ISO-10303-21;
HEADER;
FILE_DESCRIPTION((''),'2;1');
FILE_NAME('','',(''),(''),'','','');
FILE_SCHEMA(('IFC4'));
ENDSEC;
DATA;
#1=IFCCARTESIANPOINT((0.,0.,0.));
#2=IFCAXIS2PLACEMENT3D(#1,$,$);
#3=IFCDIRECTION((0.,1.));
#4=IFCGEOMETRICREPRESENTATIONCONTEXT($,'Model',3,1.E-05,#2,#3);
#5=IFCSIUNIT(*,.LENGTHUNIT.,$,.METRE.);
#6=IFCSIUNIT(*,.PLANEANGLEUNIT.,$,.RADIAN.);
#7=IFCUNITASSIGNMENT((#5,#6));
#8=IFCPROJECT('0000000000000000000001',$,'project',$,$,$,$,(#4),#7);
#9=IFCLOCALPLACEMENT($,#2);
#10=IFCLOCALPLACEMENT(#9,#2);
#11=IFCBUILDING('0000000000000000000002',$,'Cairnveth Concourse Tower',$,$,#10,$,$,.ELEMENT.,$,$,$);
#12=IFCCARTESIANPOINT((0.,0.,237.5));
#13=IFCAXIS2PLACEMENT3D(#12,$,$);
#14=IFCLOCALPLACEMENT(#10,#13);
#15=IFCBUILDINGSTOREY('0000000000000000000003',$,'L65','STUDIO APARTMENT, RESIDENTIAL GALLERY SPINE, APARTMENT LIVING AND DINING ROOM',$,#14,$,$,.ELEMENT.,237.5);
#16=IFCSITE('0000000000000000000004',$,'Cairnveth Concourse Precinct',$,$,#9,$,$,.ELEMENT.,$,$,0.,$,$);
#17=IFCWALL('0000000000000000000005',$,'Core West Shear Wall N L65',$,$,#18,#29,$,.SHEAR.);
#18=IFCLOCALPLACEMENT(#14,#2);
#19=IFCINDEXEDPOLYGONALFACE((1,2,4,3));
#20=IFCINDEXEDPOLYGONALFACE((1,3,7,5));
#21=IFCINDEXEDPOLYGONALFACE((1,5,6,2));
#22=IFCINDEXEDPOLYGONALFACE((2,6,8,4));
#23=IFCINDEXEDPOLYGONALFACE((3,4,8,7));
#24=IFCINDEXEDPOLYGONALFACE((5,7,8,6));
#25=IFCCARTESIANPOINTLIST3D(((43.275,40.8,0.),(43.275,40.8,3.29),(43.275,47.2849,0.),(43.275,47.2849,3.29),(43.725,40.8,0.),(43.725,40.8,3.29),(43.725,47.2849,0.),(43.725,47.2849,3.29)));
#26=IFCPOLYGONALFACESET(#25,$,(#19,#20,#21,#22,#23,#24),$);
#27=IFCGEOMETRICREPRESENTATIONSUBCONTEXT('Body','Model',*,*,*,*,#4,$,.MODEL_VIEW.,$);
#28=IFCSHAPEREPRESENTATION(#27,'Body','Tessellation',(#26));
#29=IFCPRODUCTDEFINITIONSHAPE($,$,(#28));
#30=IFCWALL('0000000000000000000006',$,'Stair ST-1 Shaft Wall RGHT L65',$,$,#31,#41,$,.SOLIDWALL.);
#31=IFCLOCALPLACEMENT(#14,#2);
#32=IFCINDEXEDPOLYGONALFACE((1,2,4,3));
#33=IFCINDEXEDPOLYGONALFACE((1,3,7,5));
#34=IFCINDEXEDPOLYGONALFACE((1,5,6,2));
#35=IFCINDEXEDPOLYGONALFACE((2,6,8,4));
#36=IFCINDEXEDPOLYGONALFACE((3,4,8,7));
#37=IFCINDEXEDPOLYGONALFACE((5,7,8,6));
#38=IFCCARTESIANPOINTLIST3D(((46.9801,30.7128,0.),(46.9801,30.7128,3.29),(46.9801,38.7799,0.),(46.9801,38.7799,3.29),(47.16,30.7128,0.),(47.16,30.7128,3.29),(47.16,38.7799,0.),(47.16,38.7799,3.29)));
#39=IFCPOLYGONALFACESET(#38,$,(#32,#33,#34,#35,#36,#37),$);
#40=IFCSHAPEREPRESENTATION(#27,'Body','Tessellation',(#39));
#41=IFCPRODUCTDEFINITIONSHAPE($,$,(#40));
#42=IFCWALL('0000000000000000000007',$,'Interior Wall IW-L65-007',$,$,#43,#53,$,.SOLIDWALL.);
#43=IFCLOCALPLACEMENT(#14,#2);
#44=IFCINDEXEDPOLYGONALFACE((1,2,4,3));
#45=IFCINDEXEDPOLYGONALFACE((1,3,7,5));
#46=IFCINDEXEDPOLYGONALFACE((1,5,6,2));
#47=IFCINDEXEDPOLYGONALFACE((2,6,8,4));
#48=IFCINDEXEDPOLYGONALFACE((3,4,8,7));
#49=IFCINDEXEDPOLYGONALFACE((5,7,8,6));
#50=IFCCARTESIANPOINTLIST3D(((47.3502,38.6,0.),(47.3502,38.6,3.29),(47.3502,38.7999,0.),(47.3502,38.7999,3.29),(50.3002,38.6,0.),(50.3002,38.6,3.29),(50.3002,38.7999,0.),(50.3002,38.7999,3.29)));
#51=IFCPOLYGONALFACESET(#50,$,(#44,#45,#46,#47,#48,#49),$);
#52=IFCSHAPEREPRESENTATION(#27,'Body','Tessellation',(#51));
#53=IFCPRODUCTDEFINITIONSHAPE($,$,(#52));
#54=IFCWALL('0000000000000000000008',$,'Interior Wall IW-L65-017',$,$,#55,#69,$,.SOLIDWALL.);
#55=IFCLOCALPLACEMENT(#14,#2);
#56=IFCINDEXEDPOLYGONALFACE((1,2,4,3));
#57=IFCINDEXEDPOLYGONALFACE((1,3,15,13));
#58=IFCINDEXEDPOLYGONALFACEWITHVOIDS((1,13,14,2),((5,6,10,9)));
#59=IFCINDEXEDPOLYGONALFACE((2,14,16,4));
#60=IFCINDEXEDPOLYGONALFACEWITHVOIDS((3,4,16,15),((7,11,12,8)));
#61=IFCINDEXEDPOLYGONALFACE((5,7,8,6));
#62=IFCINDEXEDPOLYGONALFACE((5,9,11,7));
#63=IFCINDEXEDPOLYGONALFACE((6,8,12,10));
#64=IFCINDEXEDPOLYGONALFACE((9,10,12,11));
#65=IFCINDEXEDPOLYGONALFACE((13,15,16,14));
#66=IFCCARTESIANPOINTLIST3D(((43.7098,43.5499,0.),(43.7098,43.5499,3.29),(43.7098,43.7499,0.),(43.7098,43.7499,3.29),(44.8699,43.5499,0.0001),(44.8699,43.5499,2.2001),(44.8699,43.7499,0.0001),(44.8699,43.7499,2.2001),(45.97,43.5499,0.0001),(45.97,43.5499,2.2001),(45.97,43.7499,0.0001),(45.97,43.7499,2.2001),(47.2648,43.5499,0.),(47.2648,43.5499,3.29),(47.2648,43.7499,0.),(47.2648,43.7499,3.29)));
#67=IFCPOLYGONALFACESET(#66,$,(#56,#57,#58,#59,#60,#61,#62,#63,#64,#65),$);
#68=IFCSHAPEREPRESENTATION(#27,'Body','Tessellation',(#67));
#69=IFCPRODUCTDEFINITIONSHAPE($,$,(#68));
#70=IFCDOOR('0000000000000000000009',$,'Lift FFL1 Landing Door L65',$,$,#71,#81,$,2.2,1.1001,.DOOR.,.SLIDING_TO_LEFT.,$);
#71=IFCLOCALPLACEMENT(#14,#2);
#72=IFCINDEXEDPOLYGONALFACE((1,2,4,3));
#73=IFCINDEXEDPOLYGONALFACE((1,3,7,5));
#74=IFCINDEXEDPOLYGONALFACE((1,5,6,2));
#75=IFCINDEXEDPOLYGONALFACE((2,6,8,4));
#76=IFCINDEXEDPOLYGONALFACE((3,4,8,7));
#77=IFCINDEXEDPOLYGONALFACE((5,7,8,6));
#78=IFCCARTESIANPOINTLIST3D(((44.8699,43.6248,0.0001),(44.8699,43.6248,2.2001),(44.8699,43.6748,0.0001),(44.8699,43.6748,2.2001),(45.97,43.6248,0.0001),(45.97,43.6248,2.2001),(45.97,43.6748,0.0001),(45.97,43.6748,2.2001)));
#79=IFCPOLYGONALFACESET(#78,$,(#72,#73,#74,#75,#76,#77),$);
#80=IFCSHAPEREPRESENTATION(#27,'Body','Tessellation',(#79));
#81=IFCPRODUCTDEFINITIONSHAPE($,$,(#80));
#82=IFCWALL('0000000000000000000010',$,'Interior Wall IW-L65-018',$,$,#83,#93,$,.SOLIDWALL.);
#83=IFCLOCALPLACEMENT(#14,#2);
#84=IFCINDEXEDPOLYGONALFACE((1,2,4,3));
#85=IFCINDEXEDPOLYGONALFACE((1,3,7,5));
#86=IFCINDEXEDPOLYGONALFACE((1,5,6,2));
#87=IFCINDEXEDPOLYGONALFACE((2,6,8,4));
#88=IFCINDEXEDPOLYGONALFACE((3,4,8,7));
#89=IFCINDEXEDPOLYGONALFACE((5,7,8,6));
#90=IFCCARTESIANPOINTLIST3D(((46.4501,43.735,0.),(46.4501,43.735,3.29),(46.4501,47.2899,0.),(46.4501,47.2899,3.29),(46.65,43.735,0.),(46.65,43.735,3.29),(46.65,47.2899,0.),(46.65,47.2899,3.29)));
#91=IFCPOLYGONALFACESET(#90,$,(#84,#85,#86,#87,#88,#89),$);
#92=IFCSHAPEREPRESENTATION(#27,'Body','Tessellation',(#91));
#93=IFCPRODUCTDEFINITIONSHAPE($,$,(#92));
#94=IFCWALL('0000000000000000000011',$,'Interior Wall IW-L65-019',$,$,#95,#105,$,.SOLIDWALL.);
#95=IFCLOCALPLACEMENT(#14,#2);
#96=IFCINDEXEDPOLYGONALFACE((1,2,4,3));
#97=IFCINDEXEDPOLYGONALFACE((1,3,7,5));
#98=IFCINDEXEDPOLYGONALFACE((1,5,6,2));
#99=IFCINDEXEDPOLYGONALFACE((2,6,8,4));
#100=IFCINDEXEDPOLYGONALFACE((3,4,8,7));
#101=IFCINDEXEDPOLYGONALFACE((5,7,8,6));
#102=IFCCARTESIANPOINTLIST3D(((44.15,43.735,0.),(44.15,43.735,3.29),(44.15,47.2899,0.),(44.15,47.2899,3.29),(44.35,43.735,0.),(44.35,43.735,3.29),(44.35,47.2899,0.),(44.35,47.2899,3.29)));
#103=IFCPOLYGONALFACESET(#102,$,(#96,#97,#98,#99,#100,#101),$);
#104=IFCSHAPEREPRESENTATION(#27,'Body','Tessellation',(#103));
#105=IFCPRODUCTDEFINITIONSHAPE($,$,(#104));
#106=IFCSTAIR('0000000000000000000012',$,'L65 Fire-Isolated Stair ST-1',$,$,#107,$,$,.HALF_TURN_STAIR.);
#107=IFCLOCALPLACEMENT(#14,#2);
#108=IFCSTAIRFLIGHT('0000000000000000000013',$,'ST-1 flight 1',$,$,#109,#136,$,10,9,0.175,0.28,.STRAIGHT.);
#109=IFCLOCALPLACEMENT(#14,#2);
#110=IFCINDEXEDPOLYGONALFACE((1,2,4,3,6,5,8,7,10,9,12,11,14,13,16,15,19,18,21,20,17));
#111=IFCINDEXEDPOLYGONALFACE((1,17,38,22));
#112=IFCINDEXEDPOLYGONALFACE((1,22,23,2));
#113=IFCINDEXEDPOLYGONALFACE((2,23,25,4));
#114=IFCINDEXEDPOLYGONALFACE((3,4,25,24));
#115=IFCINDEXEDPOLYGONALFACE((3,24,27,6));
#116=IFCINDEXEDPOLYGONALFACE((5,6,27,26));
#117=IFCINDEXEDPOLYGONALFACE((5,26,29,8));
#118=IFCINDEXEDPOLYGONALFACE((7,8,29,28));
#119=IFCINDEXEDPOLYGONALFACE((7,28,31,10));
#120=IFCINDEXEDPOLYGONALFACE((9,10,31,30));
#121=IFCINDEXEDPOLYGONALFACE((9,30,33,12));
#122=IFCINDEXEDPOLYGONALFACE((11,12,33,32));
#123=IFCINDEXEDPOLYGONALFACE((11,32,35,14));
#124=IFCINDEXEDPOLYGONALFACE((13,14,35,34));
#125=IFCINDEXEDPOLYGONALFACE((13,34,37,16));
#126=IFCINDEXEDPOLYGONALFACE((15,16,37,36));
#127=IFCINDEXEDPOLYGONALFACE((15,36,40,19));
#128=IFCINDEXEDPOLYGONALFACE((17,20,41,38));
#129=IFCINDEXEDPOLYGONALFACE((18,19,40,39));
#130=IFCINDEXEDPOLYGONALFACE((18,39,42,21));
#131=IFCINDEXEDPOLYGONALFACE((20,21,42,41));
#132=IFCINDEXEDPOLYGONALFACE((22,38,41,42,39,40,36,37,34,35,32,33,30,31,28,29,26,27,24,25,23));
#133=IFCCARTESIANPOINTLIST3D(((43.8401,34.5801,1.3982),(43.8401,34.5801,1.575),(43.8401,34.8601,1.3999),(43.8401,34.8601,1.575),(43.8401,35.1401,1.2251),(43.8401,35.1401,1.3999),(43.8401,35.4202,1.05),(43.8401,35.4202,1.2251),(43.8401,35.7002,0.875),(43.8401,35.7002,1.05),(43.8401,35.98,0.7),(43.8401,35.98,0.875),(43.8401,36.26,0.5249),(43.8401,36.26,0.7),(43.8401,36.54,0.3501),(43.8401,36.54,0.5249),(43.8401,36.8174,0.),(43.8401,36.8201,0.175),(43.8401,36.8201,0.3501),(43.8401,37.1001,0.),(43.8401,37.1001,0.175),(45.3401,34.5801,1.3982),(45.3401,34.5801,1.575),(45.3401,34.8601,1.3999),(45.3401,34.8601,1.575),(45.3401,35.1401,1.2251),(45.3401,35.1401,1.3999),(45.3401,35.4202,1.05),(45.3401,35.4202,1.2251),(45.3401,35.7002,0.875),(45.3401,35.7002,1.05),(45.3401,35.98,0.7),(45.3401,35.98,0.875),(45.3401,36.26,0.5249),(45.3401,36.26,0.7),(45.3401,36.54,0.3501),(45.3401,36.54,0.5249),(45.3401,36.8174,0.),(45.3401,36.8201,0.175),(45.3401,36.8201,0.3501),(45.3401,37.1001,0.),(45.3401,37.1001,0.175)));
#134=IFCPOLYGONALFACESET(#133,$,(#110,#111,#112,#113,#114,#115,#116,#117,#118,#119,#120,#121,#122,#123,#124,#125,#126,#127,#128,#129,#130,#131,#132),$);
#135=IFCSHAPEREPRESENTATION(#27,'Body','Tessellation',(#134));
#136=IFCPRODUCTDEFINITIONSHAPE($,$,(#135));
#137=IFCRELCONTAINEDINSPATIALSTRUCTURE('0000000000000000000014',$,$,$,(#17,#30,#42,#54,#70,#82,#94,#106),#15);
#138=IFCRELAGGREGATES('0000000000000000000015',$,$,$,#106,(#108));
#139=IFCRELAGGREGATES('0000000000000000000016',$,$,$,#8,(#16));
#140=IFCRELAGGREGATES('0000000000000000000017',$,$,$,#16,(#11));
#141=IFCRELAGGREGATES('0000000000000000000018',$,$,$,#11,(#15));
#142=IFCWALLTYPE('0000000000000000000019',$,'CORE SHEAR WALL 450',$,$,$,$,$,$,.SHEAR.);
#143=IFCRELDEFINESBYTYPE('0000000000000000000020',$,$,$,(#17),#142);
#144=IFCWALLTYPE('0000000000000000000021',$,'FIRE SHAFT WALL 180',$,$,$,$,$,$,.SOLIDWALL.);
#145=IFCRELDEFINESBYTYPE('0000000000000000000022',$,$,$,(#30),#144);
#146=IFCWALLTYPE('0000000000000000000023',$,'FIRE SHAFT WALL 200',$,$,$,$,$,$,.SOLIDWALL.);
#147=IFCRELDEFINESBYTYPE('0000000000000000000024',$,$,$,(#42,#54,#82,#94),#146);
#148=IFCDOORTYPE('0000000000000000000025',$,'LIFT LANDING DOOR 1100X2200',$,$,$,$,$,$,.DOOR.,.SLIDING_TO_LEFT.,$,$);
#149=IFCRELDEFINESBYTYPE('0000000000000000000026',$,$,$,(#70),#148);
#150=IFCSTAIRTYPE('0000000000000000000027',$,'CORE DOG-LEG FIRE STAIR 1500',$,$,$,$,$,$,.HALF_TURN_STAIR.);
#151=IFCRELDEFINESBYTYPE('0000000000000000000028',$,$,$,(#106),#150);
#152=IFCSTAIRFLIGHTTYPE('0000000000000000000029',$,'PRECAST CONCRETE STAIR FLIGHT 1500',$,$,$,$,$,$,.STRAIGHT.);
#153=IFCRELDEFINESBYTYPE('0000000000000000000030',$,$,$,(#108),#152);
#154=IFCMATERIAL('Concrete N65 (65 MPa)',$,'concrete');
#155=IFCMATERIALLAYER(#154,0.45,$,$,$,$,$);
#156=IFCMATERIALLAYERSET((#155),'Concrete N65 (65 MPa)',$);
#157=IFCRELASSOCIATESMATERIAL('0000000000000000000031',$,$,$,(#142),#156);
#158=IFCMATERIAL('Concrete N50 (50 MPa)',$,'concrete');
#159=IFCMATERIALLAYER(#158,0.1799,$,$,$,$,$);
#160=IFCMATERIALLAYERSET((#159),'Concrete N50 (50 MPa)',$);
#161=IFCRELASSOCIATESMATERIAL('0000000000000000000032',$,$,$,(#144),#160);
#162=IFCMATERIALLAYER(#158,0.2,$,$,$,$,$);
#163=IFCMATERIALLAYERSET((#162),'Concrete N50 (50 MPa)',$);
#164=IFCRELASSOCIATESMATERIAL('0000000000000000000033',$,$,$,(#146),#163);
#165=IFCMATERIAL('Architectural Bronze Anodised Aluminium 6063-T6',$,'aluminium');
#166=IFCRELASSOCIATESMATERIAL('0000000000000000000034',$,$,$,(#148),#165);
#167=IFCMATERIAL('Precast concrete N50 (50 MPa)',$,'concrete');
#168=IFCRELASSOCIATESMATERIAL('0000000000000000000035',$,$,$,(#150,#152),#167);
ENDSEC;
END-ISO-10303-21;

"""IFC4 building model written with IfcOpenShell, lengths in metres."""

from ifc_helpers import new_model, si_unit, direction, frame, frame_2d, origin, place, context, subcontext, project, spatial, polyline, rectangle, outline, extrude, material, layer, layer_set, type_object, element, fill, aggregate, save


model = new_model("IFC4")

# Units and contexts
model_context = context("Model", 3, precision=1e-05, world=origin(), true_north=direction((0.0, 1.0)))
body_context = subcontext(model_context, "Body", "Model", "MODEL_VIEW")
ifc_project = project(units=[si_unit("LENGTHUNIT", "METRE"), si_unit("PLANEANGLEUNIT", "RADIAN")], contexts=[model_context])

# Site, building, storey
site_placement = place(None, origin())
site = spatial("IfcSite", under=ifc_project, at=site_placement, Name="Cairnveth Concourse Precinct", CompositionType="ELEMENT", RefElevation=0.0)
building_placement = place(site_placement, origin())
building = spatial("IfcBuilding", under=site, at=building_placement, Name="Cairnveth Concourse Tower", CompositionType="ELEMENT")
storey_placement = place(building_placement, frame((0.0, 0.0, 237.5)))
storey = spatial("IfcBuildingStorey", under=building, at=storey_placement, Name="L65", Description="STUDIO APARTMENT, RESIDENTIAL GALLERY SPINE, APARTMENT LIVING AND DINING ROOM", CompositionType="ELEMENT", Elevation=237.5)

# Shared definitions
ifc_material_1 = material(Name="Concrete N65 (65 MPa)", Category="concrete")

# Wall
ifc_layer_1 = layer(ifc_material_1, 0.45)
ifc_layer_set_1 = layer_set([ifc_layer_1], Name="Concrete N65 (65 MPa)")
wall_type_1 = type_object("IfcWallType", Name="CORE SHEAR WALL 450", PredefinedType="SHEAR", material=ifc_layer_set_1)
wall_1_placement = place(storey_placement, frame((43.5, 40.8, 0.0), z_axis=(0.0, 0.0, 1.0), x_axis=(0.0, 1.0, 0.0)))
element("IfcWall", 1, at=wall_1_placement, inside=storey, type_object=wall_type_1, Name="Core West Shear Wall N L65", PredefinedType="SHEAR", context=body_context, shape_type="SweptSolid", body=[
    extrude(rectangle(XDim=6.4849, YDim=0.45, at=frame_2d((3.2424, 0.0))), origin(), (0.0, 0.0, 1.0), 3.29),
])

# Shared definitions
ifc_material_2 = material(Name="Concrete N50 (50 MPa)", Category="concrete")
ifc_layer_2 = layer(ifc_material_2, 0.1799)
ifc_layer_set_2 = layer_set([ifc_layer_2], Name="Concrete N50 (50 MPa)")
wall_type_2 = type_object("IfcWallType", Name="FIRE SHAFT WALL 180", PredefinedType="SOLIDWALL", material=ifc_layer_set_2)

# Walls
wall_2_placement = place(storey_placement, frame((47.0701, 38.78, 0.0), z_axis=(0.0, 0.0, 1.0), x_axis=(0.0, -1.0, 0.0)))
element("IfcWall", 2, at=wall_2_placement, inside=storey, type_object=wall_type_2, Name="Stair ST-1 Shaft Wall RGHT L65", PredefinedType="SOLIDWALL", context=body_context, shape_type="SweptSolid", body=[
    extrude(rectangle(XDim=8.0671, YDim=0.1799, at=frame_2d((4.0337, 0.0))), origin(), (0.0, 0.0, 1.0), 3.29),
])
ifc_layer_3 = layer(ifc_material_2, 0.2)
ifc_layer_set_3 = layer_set([ifc_layer_3], Name="Concrete N50 (50 MPa)")
wall_type_3 = type_object("IfcWallType", Name="FIRE SHAFT WALL 200", PredefinedType="SOLIDWALL", material=ifc_layer_set_3)
wall_3_placement = place(storey_placement, frame((47.3501, 38.7, 0.0), z_axis=(0.0, 0.0, 1.0), x_axis=(1.0, 0.0, 0.0)))
element("IfcWall", 3, at=wall_3_placement, inside=storey, type_object=wall_type_3, Name="Interior Wall IW-L65-007", PredefinedType="SOLIDWALL", context=body_context, shape_type="SweptSolid", body=[
    extrude(rectangle(XDim=2.95, YDim=0.2, at=frame_2d((1.4751, 0.0))), origin(), (0.0, 0.0, 1.0), 3.29),
])

# Wall, opening, door
wall_4_placement = place(storey_placement, frame((43.71, 43.6499, 0.0), z_axis=(0.0, 0.0, 1.0), x_axis=(1.0, 0.0, 0.0)))
wall_4 = element("IfcWall", 4, at=wall_4_placement, inside=storey, type_object=wall_type_3, Name="Interior Wall IW-L65-017", PredefinedType="SOLIDWALL", context=body_context, shape_type="SweptSolid", body=[
    extrude(rectangle(XDim=3.5549, YDim=0.2, at=frame_2d((1.7773, 0.0))), origin(), (0.0, 0.0, 1.0), 3.29),
])
opening_1_placement = place(wall_4_placement, frame((1.1599, 0.0, 0.0)))
opening_1 = element("IfcOpeningElement", 5, at=opening_1_placement, cuts=wall_4, PredefinedType="OPENING", context=body_context, shape_type="SweptSolid", body=[
    extrude(rectangle(XDim=1.1001, YDim=2.2, at=frame_2d((0.55, 1.1001))), frame((0.0, 0.1099, 0.0), z_axis=(0.0, -1.0, 0.0), x_axis=(1.0, 0.0, 0.0)), (0.0, 0.0, 1.0), 0.22),
])
ifc_material_3 = material(Name="Architectural Bronze Anodised Aluminium 6063-T6", Category="aluminium")
door_type_1 = type_object("IfcDoorType", Name="LIFT LANDING DOOR 1100X2200", OperationType="SLIDING_TO_LEFT", PredefinedType="DOOR", material=ifc_material_3)
door_1_placement = place(opening_1_placement, origin())
door_1 = element("IfcDoor", 6, at=door_1_placement, inside=storey, type_object=door_type_1, Name="Lift FFL1 Landing Door L65", OperationType="SLIDING_TO_LEFT", OverallHeight=2.2, OverallWidth=1.1001, PredefinedType="DOOR", context=body_context, shape_type="SweptSolid", body=[
    extrude(rectangle(XDim=1.1001, YDim=2.2, at=frame_2d((0.55, 1.1001))), frame((0.0, 0.0249, 0.0), z_axis=(0.0, -1.0, 0.0), x_axis=(1.0, 0.0, 0.0)), (0.0, 0.0, 1.0), 0.05),
])
fill(opening_1, door_1)

# Walls
for number, where, z_axis, x_axis, name in (
    (7, (46.55, 43.7351, 0.0), (0.0, 0.0, 1.0), (0.0, 1.0, 0.0), "Interior Wall IW-L65-018"),
    (8, (44.25, 43.7351, 0.0), (0.0, 0.0, 1.0), (0.0, 1.0, 0.0), "Interior Wall IW-L65-019"),
):
    element("IfcWall", number, at=place(storey_placement, frame(where, z_axis=z_axis, x_axis=x_axis)), inside=storey, type_object=wall_type_3, Name=name, PredefinedType="SOLIDWALL", context=body_context, shape_type="SweptSolid", body=[
        extrude(rectangle(XDim=3.5549, YDim=0.2, at=frame_2d((1.7773, 0.0))), origin(), (0.0, 0.0, 1.0), 3.29),
    ])

# Stair, stair flight
ifc_material_4 = material(Name="Precast concrete N50 (50 MPa)", Category="concrete")
stair_type = type_object("IfcStairType", Name="CORE DOG-LEG FIRE STAIR 1500", PredefinedType="HALF_TURN_STAIR", material=ifc_material_4)
stair_placement = place(storey_placement, origin())
stair = element("IfcStair", 9, at=stair_placement, inside=storey, type_object=stair_type, Name="L65 Fire-Isolated Stair ST-1", PredefinedType="HALF_TURN_STAIR")
stair_flight_type = type_object("IfcStairFlightType", Name="PRECAST CONCRETE STAIR FLIGHT 1500", PredefinedType="STRAIGHT", material=ifc_material_4)
stair_flight_placement = place(storey_placement, frame((44.5901, 37.1001, 0.0), z_axis=(0.0, 0.0, 1.0), x_axis=(0.0, -1.0, 0.0)))
stair_flight = element("IfcStairFlight", 10, at=stair_flight_placement, type_object=stair_flight_type, Name="ST-1 flight 1", NumberOfRisers=10, NumberOfTreads=9, PredefinedType="STRAIGHT", RiserHeight=0.175, TreadLength=0.28, context=body_context, shape_type="SweptSolid", body=[
    extrude(outline(polyline([(0.0, 0.0), (0.0, 0.175), (0.28, 0.175), (0.28, 0.3501), (0.5601, 0.3501), (0.5601, 0.5249), (0.8401, 0.5249), (0.8401, 0.7), (1.1201, 0.7), (1.1201, 0.875), (1.3999, 0.875), (1.3999, 1.05), (1.6799, 1.05), (1.6799, 1.2251), (1.96, 1.2251), (1.96, 1.3999), (2.24, 1.3999), (2.24, 1.575), (2.52, 1.575), (2.52, 1.75), (2.52, 1.3982), (0.2827, 0.0), (0.0, 0.0)])), frame((0.0, 0.75, 0.0), z_axis=(0.0, -1.0, 0.0), x_axis=(1.0, 0.0, 0.0)), (0.0, 0.0, 1.0), 1.5),
])
aggregate(stair, [stair_flight])

save(model, "model.ifc")
